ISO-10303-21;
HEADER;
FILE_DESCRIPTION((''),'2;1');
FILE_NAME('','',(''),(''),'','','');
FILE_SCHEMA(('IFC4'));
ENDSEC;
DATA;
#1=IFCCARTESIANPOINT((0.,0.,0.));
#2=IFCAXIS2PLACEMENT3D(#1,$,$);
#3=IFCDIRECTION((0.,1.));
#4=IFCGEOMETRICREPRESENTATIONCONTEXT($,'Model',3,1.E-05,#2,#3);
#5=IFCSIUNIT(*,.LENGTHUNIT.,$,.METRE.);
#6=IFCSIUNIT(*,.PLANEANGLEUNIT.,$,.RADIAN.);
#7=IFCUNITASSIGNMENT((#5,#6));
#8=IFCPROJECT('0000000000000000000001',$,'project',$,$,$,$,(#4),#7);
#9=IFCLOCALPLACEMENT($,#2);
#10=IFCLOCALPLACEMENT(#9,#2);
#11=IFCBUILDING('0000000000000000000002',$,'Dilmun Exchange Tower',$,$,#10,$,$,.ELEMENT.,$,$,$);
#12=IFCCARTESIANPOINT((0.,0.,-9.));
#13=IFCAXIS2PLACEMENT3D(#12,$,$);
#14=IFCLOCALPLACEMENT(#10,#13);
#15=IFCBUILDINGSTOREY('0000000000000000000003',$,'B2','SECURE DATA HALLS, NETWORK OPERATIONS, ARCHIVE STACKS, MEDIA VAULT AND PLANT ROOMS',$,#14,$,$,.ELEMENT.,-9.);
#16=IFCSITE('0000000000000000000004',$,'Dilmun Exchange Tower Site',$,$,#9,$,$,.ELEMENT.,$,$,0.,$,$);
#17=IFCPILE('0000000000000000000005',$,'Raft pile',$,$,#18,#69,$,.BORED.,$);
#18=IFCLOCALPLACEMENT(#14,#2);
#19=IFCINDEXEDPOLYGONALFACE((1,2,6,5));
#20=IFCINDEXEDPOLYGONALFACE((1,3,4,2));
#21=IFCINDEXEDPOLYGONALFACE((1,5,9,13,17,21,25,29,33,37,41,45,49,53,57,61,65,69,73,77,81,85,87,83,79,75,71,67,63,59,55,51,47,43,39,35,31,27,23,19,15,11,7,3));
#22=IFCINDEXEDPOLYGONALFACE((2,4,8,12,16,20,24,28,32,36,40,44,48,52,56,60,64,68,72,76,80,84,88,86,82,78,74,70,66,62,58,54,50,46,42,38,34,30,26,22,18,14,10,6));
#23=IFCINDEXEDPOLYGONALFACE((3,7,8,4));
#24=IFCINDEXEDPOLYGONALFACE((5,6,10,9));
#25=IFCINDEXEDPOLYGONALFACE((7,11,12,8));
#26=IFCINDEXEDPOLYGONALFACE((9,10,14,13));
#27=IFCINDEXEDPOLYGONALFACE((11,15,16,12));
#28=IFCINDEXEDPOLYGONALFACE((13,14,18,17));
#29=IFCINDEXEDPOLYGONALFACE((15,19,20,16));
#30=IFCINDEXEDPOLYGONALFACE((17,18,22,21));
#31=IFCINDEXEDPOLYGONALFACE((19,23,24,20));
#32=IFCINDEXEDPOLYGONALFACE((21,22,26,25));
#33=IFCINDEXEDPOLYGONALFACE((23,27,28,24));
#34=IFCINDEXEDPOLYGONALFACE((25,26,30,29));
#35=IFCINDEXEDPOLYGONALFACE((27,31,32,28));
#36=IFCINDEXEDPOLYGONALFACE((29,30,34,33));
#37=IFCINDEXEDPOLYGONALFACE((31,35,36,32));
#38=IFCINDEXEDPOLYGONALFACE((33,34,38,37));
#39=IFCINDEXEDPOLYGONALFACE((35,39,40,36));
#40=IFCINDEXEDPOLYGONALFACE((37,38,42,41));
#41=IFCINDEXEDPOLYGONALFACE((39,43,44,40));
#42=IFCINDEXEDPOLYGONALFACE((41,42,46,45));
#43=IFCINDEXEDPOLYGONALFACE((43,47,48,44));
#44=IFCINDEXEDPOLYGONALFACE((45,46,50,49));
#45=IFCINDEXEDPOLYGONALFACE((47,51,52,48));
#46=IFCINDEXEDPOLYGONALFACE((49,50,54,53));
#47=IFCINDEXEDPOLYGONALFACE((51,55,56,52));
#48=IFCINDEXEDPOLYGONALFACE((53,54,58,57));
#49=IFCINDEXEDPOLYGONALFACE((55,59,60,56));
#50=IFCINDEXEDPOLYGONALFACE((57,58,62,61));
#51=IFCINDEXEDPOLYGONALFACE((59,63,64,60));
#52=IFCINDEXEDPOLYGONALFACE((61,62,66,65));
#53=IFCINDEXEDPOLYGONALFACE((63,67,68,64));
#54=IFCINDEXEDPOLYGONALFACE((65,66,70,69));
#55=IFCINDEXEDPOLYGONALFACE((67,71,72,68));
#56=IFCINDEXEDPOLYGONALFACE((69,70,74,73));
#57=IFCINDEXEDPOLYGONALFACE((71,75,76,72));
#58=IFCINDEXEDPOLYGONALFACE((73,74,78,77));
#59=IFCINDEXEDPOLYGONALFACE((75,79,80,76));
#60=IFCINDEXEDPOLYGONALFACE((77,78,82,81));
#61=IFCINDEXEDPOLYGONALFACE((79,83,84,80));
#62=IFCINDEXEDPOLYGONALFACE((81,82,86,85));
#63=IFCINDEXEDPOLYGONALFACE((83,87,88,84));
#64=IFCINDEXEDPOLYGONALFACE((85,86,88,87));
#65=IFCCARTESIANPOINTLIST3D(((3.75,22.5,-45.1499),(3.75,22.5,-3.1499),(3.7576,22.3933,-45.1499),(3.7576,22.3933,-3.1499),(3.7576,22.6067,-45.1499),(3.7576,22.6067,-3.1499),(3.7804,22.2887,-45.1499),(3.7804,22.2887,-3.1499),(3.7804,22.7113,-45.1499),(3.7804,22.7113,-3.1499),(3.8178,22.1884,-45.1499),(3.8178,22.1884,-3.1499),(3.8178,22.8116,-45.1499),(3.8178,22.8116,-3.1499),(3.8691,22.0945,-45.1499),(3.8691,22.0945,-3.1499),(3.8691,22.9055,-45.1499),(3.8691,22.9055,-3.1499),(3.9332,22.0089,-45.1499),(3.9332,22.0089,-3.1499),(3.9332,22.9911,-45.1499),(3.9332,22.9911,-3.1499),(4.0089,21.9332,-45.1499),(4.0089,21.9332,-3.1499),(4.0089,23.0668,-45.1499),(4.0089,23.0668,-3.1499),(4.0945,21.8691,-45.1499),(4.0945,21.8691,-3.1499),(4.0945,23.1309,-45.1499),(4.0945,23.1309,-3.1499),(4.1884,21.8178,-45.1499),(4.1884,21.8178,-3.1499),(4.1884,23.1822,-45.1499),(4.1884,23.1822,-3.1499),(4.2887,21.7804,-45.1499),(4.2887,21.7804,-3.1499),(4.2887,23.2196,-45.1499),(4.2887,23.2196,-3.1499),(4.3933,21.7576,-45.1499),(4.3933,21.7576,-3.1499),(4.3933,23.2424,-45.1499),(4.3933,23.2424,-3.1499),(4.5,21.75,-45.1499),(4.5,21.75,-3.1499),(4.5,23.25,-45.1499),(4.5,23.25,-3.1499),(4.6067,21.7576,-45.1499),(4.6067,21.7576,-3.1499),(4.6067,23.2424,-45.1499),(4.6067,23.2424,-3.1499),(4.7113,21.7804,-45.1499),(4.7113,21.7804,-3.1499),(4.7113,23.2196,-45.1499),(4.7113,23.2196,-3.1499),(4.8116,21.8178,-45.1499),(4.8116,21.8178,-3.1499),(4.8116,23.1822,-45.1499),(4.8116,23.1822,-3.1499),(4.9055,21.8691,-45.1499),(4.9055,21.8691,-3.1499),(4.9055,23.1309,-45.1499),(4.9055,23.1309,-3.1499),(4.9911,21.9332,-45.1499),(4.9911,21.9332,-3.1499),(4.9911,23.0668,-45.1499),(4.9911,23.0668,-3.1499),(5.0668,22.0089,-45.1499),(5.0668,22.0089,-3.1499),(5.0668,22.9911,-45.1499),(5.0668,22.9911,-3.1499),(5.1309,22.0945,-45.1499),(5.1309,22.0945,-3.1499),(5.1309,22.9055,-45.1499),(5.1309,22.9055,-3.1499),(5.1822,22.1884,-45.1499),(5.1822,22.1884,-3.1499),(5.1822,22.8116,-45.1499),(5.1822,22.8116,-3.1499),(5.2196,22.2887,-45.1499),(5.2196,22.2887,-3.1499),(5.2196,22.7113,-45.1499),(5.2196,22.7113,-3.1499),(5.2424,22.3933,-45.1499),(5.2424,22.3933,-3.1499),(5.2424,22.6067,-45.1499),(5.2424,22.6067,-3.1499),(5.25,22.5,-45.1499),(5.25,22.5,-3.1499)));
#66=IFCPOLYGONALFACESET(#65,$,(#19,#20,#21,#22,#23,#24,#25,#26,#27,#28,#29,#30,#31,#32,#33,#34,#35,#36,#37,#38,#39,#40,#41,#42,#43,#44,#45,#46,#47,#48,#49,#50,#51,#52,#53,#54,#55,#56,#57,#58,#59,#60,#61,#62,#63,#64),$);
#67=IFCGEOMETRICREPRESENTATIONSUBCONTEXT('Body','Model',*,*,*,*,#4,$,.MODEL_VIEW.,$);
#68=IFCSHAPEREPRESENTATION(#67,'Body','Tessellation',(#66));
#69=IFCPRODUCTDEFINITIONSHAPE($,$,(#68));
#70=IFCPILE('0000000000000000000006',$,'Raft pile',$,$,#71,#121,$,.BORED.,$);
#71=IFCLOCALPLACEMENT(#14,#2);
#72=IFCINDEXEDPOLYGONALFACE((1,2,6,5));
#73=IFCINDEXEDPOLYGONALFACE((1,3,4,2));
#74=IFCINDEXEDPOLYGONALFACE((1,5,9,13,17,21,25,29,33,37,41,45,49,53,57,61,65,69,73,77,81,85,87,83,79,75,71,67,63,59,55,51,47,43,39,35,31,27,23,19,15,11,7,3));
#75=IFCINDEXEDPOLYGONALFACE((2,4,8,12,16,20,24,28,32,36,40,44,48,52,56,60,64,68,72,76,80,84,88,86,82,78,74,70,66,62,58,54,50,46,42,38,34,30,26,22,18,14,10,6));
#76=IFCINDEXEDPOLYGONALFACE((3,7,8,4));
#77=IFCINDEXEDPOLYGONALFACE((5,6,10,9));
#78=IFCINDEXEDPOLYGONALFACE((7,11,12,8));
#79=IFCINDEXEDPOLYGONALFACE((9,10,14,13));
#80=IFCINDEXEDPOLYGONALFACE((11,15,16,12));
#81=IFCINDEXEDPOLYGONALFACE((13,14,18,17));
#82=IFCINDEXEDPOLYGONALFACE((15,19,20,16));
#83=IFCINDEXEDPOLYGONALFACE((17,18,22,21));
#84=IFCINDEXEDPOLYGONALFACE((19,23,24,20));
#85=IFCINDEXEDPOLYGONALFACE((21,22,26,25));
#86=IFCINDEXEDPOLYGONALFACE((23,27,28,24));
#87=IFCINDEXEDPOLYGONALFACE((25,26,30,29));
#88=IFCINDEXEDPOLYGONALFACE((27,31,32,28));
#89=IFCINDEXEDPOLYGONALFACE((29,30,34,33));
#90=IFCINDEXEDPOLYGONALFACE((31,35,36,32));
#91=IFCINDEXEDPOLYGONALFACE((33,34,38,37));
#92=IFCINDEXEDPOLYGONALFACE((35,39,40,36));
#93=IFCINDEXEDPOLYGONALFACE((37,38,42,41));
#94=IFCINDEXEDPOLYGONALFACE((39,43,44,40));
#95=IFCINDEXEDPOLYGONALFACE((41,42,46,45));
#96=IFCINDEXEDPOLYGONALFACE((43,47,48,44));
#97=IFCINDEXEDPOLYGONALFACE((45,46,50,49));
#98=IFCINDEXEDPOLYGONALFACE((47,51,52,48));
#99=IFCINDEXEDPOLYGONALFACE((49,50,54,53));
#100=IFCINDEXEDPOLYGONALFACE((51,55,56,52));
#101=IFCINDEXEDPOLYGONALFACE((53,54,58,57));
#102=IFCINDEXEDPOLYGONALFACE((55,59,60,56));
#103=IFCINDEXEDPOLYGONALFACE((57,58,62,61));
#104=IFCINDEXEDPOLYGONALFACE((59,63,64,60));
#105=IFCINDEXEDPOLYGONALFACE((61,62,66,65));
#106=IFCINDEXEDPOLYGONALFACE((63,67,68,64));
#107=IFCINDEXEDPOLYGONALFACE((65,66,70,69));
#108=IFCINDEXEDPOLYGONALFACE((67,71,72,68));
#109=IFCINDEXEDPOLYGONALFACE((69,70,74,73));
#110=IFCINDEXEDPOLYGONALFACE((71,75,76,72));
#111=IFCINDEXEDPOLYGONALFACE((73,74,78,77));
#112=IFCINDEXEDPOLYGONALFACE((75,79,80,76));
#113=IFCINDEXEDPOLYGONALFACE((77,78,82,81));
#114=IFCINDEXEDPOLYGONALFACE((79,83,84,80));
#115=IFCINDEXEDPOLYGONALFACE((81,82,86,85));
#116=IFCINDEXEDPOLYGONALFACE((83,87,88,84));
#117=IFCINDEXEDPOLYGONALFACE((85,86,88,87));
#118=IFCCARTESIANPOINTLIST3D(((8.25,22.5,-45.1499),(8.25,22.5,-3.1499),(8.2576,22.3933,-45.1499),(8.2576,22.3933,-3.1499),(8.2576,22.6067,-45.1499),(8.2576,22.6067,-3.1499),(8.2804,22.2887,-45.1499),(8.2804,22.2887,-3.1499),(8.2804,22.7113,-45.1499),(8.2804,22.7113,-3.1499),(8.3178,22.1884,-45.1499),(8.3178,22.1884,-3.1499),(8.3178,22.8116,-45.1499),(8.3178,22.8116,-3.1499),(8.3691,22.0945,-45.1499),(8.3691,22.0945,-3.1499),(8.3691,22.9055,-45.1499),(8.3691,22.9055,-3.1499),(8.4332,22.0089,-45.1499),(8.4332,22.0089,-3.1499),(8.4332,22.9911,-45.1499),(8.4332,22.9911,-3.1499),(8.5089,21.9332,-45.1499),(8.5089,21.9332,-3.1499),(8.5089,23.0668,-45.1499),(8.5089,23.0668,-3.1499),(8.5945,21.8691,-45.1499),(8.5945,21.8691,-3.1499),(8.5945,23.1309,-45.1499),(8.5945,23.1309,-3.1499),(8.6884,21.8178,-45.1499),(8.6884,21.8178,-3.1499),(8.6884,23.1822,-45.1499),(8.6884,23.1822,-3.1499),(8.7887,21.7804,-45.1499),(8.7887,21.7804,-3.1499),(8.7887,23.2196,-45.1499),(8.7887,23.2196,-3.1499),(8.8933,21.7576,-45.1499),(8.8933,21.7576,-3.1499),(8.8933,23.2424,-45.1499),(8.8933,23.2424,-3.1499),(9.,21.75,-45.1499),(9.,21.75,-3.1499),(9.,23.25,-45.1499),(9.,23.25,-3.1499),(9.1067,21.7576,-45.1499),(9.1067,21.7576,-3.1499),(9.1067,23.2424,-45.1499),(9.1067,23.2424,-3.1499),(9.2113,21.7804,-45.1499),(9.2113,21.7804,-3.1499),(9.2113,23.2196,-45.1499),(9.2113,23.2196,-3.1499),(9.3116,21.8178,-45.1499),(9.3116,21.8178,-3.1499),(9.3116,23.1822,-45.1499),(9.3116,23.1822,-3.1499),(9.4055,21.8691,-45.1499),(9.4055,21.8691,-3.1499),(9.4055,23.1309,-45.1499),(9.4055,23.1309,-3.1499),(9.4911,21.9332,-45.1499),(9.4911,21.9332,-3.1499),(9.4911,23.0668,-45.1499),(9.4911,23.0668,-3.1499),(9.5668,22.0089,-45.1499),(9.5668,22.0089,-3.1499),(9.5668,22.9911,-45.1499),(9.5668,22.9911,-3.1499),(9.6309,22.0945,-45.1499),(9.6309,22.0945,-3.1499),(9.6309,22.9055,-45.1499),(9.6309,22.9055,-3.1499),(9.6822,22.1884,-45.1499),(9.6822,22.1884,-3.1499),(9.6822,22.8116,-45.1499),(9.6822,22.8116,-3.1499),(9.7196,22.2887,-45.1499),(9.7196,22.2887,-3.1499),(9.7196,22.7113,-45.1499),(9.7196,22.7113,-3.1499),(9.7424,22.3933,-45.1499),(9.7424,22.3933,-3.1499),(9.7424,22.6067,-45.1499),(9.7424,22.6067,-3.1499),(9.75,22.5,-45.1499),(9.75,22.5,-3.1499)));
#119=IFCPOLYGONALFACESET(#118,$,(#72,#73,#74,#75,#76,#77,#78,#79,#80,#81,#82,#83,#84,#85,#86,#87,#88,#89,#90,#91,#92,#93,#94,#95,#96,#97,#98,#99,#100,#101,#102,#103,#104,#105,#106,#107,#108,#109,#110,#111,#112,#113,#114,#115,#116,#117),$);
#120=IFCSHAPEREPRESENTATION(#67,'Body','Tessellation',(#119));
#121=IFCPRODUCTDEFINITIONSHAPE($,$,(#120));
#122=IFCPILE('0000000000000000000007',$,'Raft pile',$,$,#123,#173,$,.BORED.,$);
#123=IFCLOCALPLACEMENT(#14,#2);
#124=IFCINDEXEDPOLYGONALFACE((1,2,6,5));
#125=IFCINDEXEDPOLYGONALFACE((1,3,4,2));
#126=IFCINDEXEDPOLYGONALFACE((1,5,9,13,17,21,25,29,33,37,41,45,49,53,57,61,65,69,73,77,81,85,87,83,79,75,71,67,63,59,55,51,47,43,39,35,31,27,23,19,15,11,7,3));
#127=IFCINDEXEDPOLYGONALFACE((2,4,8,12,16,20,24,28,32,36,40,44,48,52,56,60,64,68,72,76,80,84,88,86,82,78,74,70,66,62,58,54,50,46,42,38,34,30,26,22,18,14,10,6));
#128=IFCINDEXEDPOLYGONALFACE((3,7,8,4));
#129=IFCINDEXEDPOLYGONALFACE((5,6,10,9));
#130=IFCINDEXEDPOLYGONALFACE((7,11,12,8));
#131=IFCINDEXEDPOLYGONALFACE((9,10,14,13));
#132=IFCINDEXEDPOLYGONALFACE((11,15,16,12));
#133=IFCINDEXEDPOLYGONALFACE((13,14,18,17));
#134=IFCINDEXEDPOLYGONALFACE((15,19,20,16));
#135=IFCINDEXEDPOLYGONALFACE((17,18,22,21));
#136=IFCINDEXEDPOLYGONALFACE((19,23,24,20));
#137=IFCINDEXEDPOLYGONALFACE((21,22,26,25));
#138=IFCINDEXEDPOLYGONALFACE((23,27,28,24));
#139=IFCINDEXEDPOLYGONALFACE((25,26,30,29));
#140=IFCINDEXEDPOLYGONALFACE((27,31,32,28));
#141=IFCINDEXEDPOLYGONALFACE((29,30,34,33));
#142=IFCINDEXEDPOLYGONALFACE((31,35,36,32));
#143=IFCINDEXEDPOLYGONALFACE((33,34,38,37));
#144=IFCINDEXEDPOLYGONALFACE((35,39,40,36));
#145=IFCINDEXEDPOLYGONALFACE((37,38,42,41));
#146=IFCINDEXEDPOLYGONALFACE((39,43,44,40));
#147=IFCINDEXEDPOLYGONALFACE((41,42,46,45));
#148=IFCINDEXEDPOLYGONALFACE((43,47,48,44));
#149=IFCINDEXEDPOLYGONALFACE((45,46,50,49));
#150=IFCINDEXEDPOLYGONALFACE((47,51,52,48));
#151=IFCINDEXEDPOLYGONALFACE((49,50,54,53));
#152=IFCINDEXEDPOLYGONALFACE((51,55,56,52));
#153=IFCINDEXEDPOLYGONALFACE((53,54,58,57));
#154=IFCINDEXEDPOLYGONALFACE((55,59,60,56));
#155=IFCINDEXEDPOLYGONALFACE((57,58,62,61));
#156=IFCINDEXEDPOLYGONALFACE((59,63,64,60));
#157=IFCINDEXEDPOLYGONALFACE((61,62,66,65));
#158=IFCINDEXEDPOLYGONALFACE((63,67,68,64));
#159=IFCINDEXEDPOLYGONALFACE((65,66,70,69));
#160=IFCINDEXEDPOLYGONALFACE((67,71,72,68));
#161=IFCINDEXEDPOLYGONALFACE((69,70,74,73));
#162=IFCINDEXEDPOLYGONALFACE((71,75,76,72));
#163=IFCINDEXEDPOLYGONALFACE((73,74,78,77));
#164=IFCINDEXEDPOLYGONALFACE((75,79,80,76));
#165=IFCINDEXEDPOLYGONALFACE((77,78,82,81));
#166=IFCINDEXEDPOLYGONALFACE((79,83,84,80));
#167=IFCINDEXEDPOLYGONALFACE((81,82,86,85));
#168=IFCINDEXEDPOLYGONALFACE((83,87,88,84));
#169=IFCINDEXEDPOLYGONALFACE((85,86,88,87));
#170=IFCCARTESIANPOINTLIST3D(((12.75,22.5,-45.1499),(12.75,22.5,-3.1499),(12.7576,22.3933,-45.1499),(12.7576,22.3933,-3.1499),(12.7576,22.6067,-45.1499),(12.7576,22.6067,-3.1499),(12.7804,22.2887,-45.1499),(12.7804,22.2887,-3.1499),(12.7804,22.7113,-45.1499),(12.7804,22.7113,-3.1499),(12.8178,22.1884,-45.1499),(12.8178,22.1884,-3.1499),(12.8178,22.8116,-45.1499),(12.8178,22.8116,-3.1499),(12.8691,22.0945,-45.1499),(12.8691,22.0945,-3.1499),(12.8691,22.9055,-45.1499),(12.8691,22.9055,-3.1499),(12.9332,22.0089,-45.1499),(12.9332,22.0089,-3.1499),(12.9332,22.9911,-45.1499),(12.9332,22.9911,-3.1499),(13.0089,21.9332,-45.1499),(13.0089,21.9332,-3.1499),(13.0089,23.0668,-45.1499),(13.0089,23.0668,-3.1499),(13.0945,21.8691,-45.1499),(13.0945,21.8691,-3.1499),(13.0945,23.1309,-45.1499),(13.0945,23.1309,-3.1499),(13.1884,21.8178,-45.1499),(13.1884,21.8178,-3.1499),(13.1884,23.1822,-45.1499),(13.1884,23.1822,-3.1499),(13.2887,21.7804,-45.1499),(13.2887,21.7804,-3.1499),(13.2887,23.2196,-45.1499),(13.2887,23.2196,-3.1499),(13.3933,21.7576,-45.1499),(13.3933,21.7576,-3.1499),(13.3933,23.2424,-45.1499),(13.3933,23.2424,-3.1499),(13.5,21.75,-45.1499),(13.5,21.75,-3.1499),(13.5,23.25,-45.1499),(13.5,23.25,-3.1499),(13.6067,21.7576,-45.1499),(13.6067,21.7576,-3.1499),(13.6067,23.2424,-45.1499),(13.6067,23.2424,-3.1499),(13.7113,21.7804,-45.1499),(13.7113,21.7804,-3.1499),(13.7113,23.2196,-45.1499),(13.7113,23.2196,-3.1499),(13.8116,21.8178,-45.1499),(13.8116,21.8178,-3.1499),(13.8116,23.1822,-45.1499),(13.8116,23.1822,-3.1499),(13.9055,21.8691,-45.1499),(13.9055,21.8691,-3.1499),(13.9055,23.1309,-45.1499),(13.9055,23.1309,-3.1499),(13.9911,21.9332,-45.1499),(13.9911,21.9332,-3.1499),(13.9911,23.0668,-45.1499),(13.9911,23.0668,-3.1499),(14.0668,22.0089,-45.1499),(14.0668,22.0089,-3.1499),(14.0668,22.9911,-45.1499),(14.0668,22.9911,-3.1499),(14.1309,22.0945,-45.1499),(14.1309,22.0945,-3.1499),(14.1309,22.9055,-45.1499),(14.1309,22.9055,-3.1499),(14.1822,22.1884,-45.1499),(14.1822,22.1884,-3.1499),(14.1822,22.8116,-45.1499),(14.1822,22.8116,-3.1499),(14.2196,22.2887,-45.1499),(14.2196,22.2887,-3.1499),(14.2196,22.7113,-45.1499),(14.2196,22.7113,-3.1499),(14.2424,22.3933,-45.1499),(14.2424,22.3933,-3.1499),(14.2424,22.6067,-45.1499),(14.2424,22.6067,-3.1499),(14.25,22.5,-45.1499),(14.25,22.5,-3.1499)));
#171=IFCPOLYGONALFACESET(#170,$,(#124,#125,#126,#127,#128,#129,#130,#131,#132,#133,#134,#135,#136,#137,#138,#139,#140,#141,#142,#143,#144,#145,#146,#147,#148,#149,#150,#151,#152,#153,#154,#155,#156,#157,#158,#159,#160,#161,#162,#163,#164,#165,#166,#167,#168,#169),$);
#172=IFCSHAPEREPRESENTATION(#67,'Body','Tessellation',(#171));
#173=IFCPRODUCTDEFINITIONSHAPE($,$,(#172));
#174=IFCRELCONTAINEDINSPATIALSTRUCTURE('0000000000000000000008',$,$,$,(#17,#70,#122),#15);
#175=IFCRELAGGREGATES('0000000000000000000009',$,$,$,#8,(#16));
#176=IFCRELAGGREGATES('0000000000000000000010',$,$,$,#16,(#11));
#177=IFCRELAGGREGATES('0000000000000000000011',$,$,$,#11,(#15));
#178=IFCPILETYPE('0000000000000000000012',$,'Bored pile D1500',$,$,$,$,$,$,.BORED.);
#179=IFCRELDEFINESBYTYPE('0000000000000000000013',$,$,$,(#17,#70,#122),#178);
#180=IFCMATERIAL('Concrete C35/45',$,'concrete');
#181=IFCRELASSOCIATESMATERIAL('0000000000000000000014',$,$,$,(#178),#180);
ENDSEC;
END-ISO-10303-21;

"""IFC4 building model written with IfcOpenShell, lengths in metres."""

from ifc_helpers import new_model, si_unit, direction, frame, origin, origin_2d, place, context, subcontext, project, spatial, circle, extrude, material, material_profile, profile_set, type_object, element, save


model = new_model("IFC4")

# Units and contexts
model_context = context("Model", 3, precision=1e-05, world=origin(), true_north=direction((0.0, 1.0)))
body_context = subcontext(model_context, "Body", "Model", "MODEL_VIEW")
ifc_project = project(units=[si_unit("LENGTHUNIT", "METRE"), si_unit("PLANEANGLEUNIT", "RADIAN")], contexts=[model_context])

# Site, building, storey
site_placement = place(None, origin())
site = spatial("IfcSite", under=ifc_project, at=site_placement, Name="Dilmun Exchange Tower Site", CompositionType="ELEMENT", RefElevation=0.0)
building_placement = place(site_placement, origin())
building = spatial("IfcBuilding", under=site, at=building_placement, Name="Dilmun Exchange Tower", CompositionType="ELEMENT")
storey_placement = place(building_placement, frame((0.0, 0.0, -9.0)))
storey = spatial("IfcBuildingStorey", under=building, at=storey_placement, Name="B2", Description="SECURE DATA HALLS, NETWORK OPERATIONS, ARCHIVE STACKS, MEDIA VAULT AND PLANT ROOMS", CompositionType="ELEMENT", Elevation=-9.0)

# Piles
ifc_material_1 = material(Name="Concrete C35/45", Category="concrete")
ifc_material_profile_1 = material_profile(ifc_material_1, circle(Radius=0.75, at=origin_2d()), Name="D1500")
ifc_profile_set_1 = profile_set([ifc_material_profile_1], Name="Concrete C35/45")
pile_type = type_object("IfcPileType", Name="Bored pile D1500", PredefinedType="BORED", material=ifc_profile_set_1)
for number, where, z_axis, x_axis, name in (
    (1, (4.5, 22.5, -3.1499), (0.0, 0.0, -1.0), (1.0, 0.0, 0.0), "Raft pile"),
    (2, (9.0, 22.5, -3.1499), (0.0, 0.0, -1.0), (1.0, 0.0, 0.0), "Raft pile"),
    (3, (13.5, 22.5, -3.1499), (0.0, 0.0, -1.0), (1.0, 0.0, 0.0), "Raft pile"),
):
    element("IfcPile", number, at=place(storey_placement, frame(where, z_axis=z_axis, x_axis=x_axis)), inside=storey, type_object=pile_type, Name=name, PredefinedType="BORED", context=body_context, shape_type="SweptSolid", body=[
        extrude(circle(Radius=0.75, at=origin_2d()), origin(), (0.0, 0.0, 1.0), 42.0),
    ])

save(model, "model.ifc")
